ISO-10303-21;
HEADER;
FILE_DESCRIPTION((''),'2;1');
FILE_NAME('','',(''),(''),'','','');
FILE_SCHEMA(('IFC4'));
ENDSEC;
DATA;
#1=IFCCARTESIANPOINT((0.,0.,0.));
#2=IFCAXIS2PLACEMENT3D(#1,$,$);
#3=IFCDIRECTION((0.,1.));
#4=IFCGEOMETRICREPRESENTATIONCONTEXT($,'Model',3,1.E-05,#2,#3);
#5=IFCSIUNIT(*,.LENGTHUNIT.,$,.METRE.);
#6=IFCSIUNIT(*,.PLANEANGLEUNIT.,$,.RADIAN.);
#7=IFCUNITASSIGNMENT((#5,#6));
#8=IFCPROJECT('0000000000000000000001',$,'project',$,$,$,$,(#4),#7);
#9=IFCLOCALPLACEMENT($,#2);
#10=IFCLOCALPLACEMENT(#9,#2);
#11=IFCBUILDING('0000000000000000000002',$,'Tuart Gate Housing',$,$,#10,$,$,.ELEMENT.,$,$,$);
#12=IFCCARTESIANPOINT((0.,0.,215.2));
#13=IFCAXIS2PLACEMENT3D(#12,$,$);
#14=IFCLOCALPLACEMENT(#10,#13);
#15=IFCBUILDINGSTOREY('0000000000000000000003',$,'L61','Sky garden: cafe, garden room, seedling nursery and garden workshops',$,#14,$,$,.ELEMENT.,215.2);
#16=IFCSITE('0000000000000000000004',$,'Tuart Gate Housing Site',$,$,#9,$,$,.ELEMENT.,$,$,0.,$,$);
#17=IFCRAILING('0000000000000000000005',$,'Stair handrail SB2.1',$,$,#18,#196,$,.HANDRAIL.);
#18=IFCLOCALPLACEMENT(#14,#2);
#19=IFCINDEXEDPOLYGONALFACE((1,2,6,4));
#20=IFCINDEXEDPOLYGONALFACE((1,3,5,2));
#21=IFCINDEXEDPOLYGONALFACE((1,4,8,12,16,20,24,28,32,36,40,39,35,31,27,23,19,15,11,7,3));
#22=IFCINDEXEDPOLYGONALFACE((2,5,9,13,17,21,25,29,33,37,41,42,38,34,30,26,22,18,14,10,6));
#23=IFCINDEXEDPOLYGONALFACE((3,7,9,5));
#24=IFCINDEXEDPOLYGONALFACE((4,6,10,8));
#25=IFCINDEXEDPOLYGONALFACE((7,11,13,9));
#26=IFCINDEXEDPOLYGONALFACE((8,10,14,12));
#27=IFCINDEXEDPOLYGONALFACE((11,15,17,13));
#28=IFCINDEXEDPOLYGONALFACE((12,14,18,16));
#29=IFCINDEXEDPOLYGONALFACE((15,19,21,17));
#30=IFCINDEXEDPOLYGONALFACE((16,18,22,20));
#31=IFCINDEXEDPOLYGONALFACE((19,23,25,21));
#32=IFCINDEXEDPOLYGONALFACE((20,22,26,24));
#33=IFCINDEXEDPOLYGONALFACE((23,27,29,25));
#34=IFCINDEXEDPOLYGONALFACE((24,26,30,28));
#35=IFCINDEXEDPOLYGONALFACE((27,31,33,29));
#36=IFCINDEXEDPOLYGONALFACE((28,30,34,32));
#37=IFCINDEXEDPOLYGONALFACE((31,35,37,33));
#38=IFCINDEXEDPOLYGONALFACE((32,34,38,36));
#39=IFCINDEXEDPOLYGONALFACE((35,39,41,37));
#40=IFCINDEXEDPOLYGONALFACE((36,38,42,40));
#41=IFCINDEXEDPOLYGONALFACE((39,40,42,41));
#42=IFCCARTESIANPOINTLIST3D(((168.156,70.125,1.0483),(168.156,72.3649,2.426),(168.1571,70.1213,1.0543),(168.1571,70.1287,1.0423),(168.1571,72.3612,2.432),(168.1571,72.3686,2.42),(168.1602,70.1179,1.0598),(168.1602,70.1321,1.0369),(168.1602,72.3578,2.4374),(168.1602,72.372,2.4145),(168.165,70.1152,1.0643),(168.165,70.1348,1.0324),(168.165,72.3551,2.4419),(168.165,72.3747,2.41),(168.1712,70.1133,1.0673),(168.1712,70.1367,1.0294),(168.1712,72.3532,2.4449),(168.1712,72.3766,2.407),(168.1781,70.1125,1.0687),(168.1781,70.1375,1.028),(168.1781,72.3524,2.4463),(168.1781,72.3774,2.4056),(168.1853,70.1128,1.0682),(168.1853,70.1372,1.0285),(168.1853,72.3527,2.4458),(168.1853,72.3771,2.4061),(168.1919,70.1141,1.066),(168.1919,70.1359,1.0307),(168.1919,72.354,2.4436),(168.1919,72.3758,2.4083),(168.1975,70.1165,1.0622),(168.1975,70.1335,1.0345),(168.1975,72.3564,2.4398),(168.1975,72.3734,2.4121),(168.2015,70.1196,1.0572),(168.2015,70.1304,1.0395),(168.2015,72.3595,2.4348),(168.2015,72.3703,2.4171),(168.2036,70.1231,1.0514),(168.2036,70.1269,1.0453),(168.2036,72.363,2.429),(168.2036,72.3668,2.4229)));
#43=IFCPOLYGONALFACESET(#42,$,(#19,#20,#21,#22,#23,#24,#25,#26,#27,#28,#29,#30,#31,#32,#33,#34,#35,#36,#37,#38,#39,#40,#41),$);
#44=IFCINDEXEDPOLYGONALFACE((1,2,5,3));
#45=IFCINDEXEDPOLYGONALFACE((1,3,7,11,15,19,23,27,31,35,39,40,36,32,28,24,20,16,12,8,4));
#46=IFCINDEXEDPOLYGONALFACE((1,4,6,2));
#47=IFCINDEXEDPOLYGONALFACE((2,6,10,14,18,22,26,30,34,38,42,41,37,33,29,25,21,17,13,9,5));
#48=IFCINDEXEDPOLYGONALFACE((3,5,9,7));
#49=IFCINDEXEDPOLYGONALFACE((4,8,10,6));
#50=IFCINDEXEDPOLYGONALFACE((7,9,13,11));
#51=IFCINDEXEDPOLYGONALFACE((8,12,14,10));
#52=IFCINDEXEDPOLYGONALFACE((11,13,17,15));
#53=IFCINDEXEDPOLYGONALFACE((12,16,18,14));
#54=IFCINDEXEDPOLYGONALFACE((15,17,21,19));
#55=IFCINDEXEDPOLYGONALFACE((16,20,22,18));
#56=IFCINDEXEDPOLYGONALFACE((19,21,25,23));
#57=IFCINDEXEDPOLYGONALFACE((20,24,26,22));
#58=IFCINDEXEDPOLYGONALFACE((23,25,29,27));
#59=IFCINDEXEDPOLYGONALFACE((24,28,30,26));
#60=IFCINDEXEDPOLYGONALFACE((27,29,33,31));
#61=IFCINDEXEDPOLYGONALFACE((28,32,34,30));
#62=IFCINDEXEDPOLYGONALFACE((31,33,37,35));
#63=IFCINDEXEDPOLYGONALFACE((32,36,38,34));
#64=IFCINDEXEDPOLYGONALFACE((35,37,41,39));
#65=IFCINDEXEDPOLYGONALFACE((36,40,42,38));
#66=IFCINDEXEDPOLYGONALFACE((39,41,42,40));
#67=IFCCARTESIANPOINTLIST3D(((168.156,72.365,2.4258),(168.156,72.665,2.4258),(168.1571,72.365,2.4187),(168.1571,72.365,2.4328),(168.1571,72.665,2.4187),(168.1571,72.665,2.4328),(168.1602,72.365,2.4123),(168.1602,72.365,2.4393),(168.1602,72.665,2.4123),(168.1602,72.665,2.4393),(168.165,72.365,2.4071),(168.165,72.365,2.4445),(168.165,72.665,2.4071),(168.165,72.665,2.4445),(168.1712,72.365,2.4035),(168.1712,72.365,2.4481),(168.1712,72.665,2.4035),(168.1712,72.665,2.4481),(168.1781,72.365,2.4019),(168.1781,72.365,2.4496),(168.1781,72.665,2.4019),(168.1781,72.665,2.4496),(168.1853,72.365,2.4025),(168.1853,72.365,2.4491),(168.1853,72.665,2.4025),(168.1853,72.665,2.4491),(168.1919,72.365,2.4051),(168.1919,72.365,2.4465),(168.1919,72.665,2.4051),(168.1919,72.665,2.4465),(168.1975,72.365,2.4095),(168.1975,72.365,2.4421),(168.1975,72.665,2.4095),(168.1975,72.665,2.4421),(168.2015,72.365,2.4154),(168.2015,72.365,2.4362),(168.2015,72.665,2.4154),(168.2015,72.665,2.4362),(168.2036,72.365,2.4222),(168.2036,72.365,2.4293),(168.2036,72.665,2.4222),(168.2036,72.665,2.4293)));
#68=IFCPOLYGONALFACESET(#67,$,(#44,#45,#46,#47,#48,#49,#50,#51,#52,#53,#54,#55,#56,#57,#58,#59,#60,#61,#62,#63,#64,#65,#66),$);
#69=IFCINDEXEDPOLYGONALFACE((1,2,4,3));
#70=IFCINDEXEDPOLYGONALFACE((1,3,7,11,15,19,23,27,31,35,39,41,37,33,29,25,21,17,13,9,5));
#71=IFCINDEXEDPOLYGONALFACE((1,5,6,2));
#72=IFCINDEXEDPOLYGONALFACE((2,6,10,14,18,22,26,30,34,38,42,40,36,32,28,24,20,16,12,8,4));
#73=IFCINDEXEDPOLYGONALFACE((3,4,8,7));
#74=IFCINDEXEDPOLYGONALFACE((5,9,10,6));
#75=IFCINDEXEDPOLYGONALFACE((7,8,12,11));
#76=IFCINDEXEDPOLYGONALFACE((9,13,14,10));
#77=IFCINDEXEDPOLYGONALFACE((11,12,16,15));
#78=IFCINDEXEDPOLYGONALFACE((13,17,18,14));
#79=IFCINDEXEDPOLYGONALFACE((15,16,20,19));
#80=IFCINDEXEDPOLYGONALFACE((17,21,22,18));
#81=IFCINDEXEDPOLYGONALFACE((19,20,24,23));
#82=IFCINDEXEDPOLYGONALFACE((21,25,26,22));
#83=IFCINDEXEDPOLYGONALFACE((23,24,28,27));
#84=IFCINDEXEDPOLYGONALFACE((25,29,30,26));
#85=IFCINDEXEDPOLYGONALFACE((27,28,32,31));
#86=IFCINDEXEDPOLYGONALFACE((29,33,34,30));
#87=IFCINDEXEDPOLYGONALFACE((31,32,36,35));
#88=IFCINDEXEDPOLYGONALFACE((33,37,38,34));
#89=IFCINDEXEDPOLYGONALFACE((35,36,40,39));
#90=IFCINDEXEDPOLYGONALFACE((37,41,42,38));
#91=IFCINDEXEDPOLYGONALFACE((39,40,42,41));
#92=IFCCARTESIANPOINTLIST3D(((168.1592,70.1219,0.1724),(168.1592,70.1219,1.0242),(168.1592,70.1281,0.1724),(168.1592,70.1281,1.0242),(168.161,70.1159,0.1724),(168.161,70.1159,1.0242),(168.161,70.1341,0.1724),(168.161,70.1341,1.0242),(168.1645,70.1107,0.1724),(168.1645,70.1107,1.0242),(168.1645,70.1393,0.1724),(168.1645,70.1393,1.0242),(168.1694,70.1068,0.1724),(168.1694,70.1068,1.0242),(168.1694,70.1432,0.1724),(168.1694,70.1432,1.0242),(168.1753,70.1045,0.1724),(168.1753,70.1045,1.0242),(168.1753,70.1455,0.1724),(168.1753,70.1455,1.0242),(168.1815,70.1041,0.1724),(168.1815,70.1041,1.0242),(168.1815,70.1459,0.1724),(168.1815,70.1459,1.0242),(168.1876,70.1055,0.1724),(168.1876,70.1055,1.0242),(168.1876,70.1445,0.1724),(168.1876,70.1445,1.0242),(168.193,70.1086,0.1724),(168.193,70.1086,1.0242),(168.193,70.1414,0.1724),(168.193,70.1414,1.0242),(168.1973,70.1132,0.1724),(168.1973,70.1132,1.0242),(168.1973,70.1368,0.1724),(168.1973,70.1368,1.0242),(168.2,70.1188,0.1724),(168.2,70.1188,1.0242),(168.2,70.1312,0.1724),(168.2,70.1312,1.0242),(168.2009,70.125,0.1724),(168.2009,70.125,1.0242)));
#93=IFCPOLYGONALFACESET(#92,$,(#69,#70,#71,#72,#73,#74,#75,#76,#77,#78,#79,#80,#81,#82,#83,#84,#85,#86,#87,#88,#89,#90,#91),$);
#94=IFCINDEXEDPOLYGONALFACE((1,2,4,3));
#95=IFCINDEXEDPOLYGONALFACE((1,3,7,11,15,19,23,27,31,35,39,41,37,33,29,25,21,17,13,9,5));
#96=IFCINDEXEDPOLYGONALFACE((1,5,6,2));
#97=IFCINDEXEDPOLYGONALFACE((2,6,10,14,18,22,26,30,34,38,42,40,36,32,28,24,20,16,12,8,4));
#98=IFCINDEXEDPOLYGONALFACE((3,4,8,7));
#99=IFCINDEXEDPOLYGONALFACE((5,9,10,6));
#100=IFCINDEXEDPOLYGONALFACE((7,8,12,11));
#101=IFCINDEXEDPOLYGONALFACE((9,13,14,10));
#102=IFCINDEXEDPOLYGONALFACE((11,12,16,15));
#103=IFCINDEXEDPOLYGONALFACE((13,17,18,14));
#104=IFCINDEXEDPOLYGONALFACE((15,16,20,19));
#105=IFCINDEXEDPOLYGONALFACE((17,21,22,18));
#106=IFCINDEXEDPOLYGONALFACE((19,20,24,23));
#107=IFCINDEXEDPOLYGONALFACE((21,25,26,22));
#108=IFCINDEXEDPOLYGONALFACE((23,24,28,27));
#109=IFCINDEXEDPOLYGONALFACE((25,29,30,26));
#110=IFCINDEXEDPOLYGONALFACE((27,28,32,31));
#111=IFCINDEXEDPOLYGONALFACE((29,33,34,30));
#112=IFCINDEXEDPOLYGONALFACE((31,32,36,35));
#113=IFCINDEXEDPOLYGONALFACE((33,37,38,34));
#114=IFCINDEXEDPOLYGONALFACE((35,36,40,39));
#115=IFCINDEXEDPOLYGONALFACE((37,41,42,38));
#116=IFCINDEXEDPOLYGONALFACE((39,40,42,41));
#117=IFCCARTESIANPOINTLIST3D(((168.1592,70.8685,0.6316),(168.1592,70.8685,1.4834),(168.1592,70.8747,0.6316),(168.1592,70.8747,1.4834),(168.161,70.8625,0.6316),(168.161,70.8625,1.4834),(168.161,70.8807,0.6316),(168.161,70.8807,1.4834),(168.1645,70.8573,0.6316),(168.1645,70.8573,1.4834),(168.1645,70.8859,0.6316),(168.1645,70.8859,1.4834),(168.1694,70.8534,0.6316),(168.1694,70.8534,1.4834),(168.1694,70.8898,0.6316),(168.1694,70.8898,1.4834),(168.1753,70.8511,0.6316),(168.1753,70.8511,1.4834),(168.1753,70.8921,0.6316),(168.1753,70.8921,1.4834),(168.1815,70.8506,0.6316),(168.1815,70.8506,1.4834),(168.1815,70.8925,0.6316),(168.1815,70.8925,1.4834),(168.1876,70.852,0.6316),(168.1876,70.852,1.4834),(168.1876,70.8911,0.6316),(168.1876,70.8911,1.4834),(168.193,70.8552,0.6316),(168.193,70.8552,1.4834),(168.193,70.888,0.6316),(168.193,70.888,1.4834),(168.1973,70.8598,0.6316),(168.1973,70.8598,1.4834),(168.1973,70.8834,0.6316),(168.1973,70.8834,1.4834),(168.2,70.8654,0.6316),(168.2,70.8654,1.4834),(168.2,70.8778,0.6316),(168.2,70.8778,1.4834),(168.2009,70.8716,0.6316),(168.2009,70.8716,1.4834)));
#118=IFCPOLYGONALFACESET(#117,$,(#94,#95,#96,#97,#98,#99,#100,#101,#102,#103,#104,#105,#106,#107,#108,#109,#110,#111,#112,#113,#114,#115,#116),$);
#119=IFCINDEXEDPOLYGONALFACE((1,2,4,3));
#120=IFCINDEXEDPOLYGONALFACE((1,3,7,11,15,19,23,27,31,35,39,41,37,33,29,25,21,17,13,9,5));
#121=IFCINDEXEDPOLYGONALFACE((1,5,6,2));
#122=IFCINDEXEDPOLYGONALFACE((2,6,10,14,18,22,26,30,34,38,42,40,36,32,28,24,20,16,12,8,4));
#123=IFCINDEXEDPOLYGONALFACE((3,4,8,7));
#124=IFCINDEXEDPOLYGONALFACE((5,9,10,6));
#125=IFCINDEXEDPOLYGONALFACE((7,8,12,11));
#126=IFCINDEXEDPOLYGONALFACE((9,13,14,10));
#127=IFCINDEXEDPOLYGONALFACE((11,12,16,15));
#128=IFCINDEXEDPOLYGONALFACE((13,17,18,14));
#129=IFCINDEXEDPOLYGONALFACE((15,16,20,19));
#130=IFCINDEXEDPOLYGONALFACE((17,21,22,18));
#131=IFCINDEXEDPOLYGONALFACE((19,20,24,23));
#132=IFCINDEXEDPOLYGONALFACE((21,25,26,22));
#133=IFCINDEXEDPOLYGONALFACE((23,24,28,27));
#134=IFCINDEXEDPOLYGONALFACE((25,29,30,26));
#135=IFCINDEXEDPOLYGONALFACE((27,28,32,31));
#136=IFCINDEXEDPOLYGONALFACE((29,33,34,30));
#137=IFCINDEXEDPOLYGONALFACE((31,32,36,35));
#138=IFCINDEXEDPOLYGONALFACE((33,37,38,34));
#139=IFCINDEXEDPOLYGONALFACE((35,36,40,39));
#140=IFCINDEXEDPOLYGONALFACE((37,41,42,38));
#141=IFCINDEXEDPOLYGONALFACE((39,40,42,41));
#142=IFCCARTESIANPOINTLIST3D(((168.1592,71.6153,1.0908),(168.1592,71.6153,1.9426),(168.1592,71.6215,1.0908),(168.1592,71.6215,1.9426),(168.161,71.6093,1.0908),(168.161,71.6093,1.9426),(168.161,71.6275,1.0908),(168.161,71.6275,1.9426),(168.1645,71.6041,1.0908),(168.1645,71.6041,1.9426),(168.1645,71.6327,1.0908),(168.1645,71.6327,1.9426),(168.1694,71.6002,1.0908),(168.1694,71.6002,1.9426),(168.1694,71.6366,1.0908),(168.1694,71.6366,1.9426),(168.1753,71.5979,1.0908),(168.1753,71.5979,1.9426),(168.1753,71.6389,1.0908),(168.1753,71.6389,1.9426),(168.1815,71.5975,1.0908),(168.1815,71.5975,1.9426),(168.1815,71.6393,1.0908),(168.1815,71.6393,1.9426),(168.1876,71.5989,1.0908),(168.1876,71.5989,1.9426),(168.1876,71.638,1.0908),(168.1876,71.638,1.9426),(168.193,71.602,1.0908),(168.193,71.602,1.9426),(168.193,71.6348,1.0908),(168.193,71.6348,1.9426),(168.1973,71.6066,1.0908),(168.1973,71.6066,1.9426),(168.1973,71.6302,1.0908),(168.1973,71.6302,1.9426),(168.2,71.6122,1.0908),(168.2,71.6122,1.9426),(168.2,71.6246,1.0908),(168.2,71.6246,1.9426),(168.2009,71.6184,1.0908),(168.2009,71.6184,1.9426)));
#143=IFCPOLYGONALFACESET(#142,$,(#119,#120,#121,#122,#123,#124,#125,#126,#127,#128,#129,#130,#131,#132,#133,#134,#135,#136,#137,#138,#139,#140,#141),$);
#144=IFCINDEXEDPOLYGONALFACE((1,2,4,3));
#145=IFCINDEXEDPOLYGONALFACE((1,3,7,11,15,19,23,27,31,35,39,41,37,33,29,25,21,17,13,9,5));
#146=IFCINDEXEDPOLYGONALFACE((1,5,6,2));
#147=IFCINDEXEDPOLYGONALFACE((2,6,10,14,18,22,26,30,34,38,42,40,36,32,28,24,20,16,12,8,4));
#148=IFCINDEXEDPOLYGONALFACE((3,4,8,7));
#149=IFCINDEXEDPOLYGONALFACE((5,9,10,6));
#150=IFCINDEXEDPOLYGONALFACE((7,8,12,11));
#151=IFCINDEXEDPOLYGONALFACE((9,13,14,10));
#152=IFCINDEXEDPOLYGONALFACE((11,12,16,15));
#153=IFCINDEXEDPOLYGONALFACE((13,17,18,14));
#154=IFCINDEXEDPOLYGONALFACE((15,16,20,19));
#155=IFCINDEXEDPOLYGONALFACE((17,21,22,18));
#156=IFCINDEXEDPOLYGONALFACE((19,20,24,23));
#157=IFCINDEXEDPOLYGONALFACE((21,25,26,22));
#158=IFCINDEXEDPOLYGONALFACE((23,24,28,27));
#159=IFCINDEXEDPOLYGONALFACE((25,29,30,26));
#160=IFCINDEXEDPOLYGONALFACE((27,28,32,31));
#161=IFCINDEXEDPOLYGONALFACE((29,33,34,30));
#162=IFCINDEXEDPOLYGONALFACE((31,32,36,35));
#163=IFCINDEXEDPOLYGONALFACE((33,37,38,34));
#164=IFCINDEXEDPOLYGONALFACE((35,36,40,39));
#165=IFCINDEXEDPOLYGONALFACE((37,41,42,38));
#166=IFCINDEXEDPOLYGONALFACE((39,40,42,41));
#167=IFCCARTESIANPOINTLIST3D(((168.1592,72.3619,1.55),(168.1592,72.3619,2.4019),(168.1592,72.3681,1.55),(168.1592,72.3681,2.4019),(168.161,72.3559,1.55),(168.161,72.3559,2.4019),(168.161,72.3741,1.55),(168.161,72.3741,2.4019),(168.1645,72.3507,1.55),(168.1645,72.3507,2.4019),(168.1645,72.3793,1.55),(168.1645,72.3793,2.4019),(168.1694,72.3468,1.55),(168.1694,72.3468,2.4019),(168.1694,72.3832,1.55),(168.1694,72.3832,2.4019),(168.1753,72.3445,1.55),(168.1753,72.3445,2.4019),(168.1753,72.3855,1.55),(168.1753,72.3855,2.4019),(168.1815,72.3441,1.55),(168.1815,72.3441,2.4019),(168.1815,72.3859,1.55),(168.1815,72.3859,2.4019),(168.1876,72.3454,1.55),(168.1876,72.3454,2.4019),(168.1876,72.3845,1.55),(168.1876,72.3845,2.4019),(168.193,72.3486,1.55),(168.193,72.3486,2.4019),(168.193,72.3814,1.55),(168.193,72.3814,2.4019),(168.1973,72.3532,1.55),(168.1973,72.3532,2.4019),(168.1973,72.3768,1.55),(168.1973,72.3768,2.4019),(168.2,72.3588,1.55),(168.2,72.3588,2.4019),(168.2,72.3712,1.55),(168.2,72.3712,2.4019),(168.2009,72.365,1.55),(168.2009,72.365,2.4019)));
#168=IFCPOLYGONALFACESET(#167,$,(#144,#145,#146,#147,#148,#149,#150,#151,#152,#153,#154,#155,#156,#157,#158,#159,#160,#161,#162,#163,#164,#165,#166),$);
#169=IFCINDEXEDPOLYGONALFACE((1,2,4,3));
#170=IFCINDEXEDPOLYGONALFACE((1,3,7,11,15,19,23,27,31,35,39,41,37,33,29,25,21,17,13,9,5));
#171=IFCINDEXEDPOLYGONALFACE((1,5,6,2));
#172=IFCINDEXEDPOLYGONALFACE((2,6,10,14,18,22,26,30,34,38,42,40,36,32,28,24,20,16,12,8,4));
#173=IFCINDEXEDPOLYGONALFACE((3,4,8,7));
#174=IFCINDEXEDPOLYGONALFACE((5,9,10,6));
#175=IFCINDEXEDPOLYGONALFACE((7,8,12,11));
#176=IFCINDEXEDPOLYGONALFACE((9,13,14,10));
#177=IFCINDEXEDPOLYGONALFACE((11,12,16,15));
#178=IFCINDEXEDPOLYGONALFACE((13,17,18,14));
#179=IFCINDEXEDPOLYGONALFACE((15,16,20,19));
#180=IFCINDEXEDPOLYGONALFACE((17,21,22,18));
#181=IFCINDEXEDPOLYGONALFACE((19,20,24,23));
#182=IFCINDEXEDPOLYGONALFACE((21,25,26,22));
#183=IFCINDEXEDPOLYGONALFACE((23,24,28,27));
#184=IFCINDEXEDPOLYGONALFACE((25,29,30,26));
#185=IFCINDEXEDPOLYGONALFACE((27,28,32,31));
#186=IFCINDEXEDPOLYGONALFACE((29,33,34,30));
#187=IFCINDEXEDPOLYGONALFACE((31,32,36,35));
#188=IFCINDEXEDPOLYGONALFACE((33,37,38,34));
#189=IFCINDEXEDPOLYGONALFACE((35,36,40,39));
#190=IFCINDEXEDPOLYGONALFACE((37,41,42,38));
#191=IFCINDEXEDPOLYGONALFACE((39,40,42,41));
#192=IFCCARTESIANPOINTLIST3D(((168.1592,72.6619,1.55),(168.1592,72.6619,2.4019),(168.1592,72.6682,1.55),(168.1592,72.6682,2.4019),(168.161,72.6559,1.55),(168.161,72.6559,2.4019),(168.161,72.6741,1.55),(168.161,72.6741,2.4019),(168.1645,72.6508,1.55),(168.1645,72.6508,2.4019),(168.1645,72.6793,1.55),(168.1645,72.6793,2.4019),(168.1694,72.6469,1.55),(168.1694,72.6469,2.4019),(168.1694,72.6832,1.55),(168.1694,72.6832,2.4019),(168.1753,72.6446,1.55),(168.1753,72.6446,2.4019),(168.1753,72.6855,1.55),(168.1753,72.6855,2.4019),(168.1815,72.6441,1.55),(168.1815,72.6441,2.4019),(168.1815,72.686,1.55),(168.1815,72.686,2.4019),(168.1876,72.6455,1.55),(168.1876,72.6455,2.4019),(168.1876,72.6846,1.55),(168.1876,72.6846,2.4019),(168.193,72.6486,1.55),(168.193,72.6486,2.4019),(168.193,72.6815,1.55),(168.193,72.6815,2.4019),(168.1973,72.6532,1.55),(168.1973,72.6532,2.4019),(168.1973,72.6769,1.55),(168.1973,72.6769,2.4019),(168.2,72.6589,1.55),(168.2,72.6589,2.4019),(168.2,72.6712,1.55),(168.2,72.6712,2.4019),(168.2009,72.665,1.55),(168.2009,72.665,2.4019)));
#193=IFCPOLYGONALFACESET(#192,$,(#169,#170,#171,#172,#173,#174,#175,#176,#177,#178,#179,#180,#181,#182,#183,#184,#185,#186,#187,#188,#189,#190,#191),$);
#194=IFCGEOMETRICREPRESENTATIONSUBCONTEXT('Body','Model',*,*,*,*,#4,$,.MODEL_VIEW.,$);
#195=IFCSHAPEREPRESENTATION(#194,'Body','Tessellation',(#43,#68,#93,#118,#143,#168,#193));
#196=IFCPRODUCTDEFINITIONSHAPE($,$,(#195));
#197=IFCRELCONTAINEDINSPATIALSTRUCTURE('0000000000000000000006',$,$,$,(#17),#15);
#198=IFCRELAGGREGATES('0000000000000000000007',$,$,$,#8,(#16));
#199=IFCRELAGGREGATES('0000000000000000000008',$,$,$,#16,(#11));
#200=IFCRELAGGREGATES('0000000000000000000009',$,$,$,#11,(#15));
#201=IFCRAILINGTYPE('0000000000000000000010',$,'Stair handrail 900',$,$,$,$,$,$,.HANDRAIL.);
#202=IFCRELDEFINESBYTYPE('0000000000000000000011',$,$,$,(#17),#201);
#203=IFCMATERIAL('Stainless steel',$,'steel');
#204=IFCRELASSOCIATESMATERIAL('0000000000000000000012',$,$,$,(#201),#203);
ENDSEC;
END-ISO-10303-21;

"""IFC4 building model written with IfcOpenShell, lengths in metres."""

from ifc_helpers import new_model, si_unit, direction, frame, origin, origin_2d, place, context, subcontext, project, spatial, circle, extrude, material, type_object, element, save


model = new_model("IFC4")

# Units and contexts
model_context = context("Model", 3, precision=1e-05, world=origin(), true_north=direction((0.0, 1.0)))
body_context = subcontext(model_context, "Body", "Model", "MODEL_VIEW")
ifc_project = project(units=[si_unit("LENGTHUNIT", "METRE"), si_unit("PLANEANGLEUNIT", "RADIAN")], contexts=[model_context])

# Site, building, storey
site_placement = place(None, origin())
site = spatial("IfcSite", under=ifc_project, at=site_placement, Name="Tuart Gate Housing Site", CompositionType="ELEMENT", RefElevation=0.0)
building_placement = place(site_placement, origin())
building = spatial("IfcBuilding", under=site, at=building_placement, Name="Tuart Gate Housing", CompositionType="ELEMENT")
storey_placement = place(building_placement, frame((0.0, 0.0, 215.2)))
storey = spatial("IfcBuildingStorey", under=building, at=storey_placement, Name="L61", Description="Sky garden: cafe, garden room, seedling nursery and garden workshops", CompositionType="ELEMENT", Elevation=215.2)

# Railing
ifc_material_1 = material(Name="Stainless steel", Category="steel")
railing_type = type_object("IfcRailingType", Name="Stair handrail 900", PredefinedType="HANDRAIL", material=ifc_material_1)
railing_placement = place(storey_placement, frame((168.1799, 70.125, 0.1724)))
element("IfcRailing", 1, at=railing_placement, inside=storey, type_object=railing_type, Name="Stair handrail SB2.1", PredefinedType="HANDRAIL", context=body_context, shape_type="SweptSolid", body=[
    extrude(circle(Radius=0.0239, at=origin_2d()), frame((0.0, 0.0, 0.876), z_axis=(0.0, 0.851789, 0.523885), x_axis=(-1.0, 0.0, 0.0)), (0.0, 0.0, 1.0), 2.6296),
    extrude(circle(Radius=0.0239, at=origin_2d()), frame((0.0, 2.24, 2.2534), z_axis=(0.0, 1.0, 0.0), x_axis=(-1.0, 0.0, 0.0)), (0.0, 0.0, 1.0), 0.3),
    extrude(circle(Radius=0.021, at=origin_2d()), origin(), (0.0, 0.0, 1.0), 0.8518),
    extrude(circle(Radius=0.021, at=origin_2d()), frame((0.0, 0.7466, 0.4592)), (0.0, 0.0, 1.0), 0.8518),
    extrude(circle(Radius=0.021, at=origin_2d()), frame((0.0, 1.4934, 0.9185)), (0.0, 0.0, 1.0), 0.8518),
    extrude(circle(Radius=0.021, at=origin_2d()), frame((0.0, 2.24, 1.3777)), (0.0, 0.0, 1.0), 0.8518),
    extrude(circle(Radius=0.021, at=origin_2d()), frame((0.0, 2.54, 1.3777)), (0.0, 0.0, 1.0), 0.8518),
])

save(model, "model.ifc")
